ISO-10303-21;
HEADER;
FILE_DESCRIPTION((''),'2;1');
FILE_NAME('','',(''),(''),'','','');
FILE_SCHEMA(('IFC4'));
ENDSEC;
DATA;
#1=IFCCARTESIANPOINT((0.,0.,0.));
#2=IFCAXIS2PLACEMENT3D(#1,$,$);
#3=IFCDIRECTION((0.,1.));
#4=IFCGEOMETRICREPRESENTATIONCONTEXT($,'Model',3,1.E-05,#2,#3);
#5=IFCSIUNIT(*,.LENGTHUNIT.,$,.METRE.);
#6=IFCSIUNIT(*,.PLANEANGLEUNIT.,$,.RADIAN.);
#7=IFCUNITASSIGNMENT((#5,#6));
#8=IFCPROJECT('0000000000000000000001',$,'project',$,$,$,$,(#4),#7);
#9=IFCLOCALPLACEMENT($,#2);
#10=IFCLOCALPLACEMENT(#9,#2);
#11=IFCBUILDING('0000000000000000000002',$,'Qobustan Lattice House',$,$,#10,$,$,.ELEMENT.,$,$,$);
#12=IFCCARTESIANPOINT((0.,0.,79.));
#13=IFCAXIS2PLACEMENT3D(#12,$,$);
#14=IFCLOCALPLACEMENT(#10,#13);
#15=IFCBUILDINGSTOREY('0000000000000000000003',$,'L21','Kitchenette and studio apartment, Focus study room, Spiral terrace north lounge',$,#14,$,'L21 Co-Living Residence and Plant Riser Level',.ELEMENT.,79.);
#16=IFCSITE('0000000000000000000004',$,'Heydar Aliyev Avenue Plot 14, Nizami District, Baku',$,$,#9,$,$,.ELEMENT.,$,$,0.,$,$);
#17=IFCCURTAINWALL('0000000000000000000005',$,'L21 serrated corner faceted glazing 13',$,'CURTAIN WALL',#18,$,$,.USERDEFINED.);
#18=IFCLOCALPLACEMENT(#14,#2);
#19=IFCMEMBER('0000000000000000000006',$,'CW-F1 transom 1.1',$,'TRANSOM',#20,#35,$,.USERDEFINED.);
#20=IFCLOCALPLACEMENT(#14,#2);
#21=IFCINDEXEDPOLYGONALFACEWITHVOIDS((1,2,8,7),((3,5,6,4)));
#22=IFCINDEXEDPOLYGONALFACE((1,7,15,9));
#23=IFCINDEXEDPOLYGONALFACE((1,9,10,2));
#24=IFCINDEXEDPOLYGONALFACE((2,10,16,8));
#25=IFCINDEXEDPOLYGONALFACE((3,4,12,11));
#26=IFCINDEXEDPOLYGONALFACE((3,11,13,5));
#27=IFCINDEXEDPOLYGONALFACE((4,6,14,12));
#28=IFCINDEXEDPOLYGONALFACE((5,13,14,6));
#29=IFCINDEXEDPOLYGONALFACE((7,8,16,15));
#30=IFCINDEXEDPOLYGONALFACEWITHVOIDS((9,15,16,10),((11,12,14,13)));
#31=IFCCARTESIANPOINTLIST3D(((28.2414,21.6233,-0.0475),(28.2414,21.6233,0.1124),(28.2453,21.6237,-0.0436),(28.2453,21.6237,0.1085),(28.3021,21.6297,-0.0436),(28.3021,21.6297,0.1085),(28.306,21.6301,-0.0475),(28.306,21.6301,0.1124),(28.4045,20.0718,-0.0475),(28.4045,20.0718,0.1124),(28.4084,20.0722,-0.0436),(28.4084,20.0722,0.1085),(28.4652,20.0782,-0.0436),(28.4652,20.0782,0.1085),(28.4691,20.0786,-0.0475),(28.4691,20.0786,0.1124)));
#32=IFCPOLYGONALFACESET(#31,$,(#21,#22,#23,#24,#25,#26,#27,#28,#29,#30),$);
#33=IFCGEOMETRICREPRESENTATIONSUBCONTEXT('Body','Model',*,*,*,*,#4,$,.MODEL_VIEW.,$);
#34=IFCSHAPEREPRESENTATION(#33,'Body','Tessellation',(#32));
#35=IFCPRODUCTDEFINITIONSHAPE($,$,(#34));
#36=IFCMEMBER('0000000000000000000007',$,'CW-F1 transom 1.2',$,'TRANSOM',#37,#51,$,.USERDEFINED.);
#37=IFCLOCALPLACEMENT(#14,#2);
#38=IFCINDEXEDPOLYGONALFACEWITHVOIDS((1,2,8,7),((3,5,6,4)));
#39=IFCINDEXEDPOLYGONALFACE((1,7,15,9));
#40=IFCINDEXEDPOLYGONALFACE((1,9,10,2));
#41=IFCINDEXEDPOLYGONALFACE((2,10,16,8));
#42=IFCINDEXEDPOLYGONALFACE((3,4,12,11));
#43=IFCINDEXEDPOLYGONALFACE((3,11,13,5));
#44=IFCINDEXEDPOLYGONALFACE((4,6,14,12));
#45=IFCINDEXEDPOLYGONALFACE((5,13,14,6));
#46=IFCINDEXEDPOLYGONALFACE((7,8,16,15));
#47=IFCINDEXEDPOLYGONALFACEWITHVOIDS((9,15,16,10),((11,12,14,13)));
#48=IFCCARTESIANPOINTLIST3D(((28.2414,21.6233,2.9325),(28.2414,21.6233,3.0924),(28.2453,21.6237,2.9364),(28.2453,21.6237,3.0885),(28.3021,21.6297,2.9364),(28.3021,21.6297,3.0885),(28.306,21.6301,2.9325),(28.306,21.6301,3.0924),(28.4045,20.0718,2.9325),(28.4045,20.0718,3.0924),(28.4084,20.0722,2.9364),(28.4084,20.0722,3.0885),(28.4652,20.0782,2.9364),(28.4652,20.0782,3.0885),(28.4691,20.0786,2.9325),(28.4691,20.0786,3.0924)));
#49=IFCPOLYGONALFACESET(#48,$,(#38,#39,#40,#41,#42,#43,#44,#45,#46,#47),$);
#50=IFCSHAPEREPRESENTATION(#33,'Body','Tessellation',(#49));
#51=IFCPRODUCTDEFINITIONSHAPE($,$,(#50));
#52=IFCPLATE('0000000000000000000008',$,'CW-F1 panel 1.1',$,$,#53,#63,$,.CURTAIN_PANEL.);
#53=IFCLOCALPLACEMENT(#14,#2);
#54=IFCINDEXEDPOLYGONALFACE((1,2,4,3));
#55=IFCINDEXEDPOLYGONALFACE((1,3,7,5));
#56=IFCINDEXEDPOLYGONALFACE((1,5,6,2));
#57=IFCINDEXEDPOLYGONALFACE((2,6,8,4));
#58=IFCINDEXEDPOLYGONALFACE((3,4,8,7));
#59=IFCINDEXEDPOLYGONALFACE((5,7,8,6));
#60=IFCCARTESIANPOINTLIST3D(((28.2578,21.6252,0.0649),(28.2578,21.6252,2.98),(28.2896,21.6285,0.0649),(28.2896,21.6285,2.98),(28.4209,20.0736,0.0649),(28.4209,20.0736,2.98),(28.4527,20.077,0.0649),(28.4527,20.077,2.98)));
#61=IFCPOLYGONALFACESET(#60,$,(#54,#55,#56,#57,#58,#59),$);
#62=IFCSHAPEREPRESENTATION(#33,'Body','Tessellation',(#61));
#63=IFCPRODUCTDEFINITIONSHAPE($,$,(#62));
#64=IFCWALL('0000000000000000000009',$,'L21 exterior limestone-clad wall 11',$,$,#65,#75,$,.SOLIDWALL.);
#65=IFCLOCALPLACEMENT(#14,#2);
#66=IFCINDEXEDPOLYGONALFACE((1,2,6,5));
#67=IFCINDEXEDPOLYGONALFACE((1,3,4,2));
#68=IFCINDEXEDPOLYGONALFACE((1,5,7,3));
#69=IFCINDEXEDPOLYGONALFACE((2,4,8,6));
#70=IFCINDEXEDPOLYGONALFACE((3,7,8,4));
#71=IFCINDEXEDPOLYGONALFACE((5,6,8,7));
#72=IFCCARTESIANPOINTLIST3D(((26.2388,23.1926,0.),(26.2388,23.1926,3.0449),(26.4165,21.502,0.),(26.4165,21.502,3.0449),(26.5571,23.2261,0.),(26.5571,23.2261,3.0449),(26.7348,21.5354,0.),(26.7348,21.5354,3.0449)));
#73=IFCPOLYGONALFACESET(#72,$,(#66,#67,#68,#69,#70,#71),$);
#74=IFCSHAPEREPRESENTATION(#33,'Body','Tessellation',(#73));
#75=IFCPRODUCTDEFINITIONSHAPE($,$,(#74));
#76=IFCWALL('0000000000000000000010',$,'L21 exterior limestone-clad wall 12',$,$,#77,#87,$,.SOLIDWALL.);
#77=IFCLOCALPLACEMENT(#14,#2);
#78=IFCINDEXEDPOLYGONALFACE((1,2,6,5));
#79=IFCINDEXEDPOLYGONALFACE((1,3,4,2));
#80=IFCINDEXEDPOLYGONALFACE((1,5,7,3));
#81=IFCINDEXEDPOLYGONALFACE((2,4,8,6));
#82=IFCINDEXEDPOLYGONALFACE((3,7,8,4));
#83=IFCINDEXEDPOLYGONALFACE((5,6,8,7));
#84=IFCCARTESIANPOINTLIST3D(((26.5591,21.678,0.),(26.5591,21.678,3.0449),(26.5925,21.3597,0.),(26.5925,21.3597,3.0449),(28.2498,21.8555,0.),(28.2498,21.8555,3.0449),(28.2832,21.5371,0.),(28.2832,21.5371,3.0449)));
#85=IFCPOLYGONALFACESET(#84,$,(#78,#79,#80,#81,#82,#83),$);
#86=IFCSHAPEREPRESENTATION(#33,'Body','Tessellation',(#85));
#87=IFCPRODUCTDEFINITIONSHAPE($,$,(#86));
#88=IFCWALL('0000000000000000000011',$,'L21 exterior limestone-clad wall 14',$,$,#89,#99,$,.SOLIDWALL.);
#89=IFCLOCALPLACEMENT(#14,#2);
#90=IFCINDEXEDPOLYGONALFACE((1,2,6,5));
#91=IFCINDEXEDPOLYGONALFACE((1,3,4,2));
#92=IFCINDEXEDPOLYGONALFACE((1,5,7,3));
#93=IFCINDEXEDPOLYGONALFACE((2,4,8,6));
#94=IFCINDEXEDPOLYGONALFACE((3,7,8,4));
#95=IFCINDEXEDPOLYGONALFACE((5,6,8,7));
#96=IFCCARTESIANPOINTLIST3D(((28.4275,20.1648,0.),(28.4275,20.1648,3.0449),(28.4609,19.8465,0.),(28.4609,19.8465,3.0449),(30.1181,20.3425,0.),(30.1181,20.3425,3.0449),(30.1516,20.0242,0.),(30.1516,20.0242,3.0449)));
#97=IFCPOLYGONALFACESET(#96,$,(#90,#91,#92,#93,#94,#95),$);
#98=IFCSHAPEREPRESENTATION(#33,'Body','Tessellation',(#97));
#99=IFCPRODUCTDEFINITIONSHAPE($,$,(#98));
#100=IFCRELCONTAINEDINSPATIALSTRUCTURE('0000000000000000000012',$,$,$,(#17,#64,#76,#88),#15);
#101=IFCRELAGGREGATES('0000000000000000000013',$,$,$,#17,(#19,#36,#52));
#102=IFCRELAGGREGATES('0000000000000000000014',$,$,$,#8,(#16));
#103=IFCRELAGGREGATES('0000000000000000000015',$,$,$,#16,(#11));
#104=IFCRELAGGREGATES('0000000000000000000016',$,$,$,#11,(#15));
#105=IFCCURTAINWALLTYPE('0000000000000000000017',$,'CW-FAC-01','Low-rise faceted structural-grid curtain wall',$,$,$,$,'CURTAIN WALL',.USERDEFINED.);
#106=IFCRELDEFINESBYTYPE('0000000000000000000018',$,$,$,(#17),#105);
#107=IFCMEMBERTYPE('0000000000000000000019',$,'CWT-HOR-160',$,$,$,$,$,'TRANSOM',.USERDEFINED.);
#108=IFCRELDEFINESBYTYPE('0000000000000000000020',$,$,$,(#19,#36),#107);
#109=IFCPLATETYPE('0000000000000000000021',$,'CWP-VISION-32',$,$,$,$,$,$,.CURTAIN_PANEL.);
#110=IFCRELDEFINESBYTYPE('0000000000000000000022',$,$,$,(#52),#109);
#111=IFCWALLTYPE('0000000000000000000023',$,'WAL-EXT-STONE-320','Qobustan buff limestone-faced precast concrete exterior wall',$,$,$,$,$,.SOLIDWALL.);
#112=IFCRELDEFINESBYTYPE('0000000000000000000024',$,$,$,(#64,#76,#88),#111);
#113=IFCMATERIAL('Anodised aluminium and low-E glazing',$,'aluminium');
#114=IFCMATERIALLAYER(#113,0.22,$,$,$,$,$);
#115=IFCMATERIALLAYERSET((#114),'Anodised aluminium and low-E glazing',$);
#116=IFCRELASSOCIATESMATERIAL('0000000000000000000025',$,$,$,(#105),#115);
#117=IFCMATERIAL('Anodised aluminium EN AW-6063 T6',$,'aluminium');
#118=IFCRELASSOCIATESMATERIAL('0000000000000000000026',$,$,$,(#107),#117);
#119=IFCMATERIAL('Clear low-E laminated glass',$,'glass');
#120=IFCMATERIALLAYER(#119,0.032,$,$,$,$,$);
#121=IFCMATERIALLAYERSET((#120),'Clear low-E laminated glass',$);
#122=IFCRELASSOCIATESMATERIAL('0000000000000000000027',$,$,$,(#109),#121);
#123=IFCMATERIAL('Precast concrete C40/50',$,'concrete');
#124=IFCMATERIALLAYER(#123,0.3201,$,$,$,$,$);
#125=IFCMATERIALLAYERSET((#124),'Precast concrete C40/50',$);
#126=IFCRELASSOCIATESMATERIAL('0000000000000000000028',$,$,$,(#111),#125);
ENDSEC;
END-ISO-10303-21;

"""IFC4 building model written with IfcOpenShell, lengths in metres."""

from ifc_helpers import new_model, si_unit, direction, frame, frame_2d, origin, origin_2d, place, context, subcontext, project, spatial, rectangle, hollow_rectangle, extrude, material, layer, layer_set, material_profile, profile_set, type_object, element, aggregate, save


model = new_model("IFC4")

# Units and contexts
model_context = context("Model", 3, precision=1e-05, world=origin(), true_north=direction((0.0, 1.0)))
body_context = subcontext(model_context, "Body", "Model", "MODEL_VIEW")
ifc_project = project(units=[si_unit("LENGTHUNIT", "METRE"), si_unit("PLANEANGLEUNIT", "RADIAN")], contexts=[model_context])

# Site, building, storey
site_placement = place(None, origin())
site = spatial("IfcSite", under=ifc_project, at=site_placement, Name="Heydar Aliyev Avenue Plot 14, Nizami District, Baku", CompositionType="ELEMENT", RefElevation=0.0)
building_placement = place(site_placement, origin())
building = spatial("IfcBuilding", under=site, at=building_placement, Name="Qobustan Lattice House", CompositionType="ELEMENT")
storey_placement = place(building_placement, frame((0.0, 0.0, 79.0)))
storey = spatial("IfcBuildingStorey", under=building, at=storey_placement, Name="L21", Description="Kitchenette and studio apartment, Focus study room, Spiral terrace north lounge", LongName="L21 Co-Living Residence and Plant Riser Level", CompositionType="ELEMENT", Elevation=79.0)

# Curtain wall, members, plate
ifc_material_1 = material(Name="Anodised aluminium and low-E glazing", Category="aluminium")
ifc_layer_1 = layer(ifc_material_1, 0.22)
ifc_layer_set_1 = layer_set([ifc_layer_1], Name="Anodised aluminium and low-E glazing")
curtain_wall_type = type_object("IfcCurtainWallType", Name="CW-FAC-01", Description="Low-rise faceted structural-grid curtain wall", ElementType="CURTAIN WALL", PredefinedType="USERDEFINED", material=ifc_layer_set_1)
curtain_wall_placement = place(storey_placement, origin())
curtain_wall = element("IfcCurtainWall", 1, at=curtain_wall_placement, inside=storey, type_object=curtain_wall_type, Name="L21 serrated corner faceted glazing 13", ObjectType="CURTAIN WALL", PredefinedType="USERDEFINED")
ifc_material_2 = material(Name="Anodised aluminium EN AW-6063 T6", Category="aluminium")
ifc_material_profile_1 = material_profile(ifc_material_2, hollow_rectangle(XDim=0.0649, YDim=0.1599, WallThickness=0.0039, at=origin_2d()), Name="CWT-160x65")
ifc_profile_set_1 = profile_set([ifc_material_profile_1], Name="Anodised aluminium EN AW-6063 T6")
member_type_1 = type_object("IfcMemberType", Name="CWT-HOR-160", ElementType="TRANSOM", PredefinedType="USERDEFINED", material=ifc_profile_set_1)
member_1_placement = place(storey_placement, frame((28.2737, 21.6267, 0.0325), z_axis=(0.104538, -0.994521, 0.0), x_axis=(0.994521, 0.104538, 0.0)))
member_1 = element("IfcMember", 2, at=member_1_placement, type_object=member_type_1, Name="CW-F1 transom 1.1", ObjectType="TRANSOM", PredefinedType="USERDEFINED", context=body_context, shape_type="SweptSolid", body=[
    extrude(hollow_rectangle(XDim=0.0649, YDim=0.1599, WallThickness=0.0039, at=origin_2d()), origin(), (0.0, 0.0, 1.0), 1.5601),
])
member_2_placement = place(storey_placement, frame((28.2737, 21.6267, 3.0125), z_axis=(0.104538, -0.994521, 0.0), x_axis=(0.994521, 0.104538, 0.0)))
member_2 = element("IfcMember", 3, at=member_2_placement, type_object=member_type_1, Name="CW-F1 transom 1.2", ObjectType="TRANSOM", PredefinedType="USERDEFINED", context=body_context, shape_type="SweptSolid", body=[
    extrude(hollow_rectangle(XDim=0.0649, YDim=0.1599, WallThickness=0.0039, at=origin_2d()), origin(), (0.0, 0.0, 1.0), 1.5601),
])
ifc_material_3 = material(Name="Clear low-E laminated glass", Category="glass")
ifc_layer_2 = layer(ifc_material_3, 0.032)
ifc_layer_set_2 = layer_set([ifc_layer_2], Name="Clear low-E laminated glass")
plate_type = type_object("IfcPlateType", Name="CWP-VISION-32", PredefinedType="CURTAIN_PANEL", material=ifc_layer_set_2)
plate_placement = place(storey_placement, frame((28.3552, 20.8511, 0.0649), z_axis=(0.0, 0.0, 1.0), x_axis=(0.104529, -0.994522, 0.0)))
plate = element("IfcPlate", 4, at=plate_placement, type_object=plate_type, Name="CW-F1 panel 1.1", PredefinedType="CURTAIN_PANEL", context=body_context, shape_type="SweptSolid", body=[
    extrude(rectangle(XDim=1.5601, YDim=0.032, at=origin_2d()), origin(), (0.0, 0.0, 1.0), 2.915),
])
aggregate(curtain_wall, [member_1, member_2, plate])

# Walls
ifc_material_4 = material(Name="Precast concrete C40/50", Category="concrete")
ifc_layer_3 = layer(ifc_material_4, 0.3201)
ifc_layer_set_3 = layer_set([ifc_layer_3], Name="Precast concrete C40/50")
wall_type_1 = type_object("IfcWallType", Name="WAL-EXT-STONE-320", Description="Qobustan buff limestone-faced precast concrete exterior wall", PredefinedType="SOLIDWALL", material=ifc_layer_set_3)
for number, where, z_axis, x_axis, name in (
    (5, (26.3979, 23.2095, 0.0), (0.0, 0.0, 1.0), (0.10455, -0.99452, 0.0), "L21 exterior limestone-clad wall 11"),
    (6, (26.5757, 21.5188, 0.0), (0.0, 0.0, 1.0), (0.994535, 0.104408, 0.0), "L21 exterior limestone-clad wall 12"),
    (7, (28.4441, 20.0056, 0.0), (0.0, 0.0, 1.0), (0.99452, 0.10455, 0.0), "L21 exterior limestone-clad wall 14"),
):
    element("IfcWall", number, at=place(storey_placement, frame(where, z_axis=z_axis, x_axis=x_axis)), inside=storey, type_object=wall_type_1, Name=name, PredefinedType="SOLIDWALL", context=body_context, shape_type="SweptSolid", body=[
        extrude(rectangle(XDim=1.7, YDim=0.3201, at=frame_2d((0.8501, 0.0))), origin(), (0.0, 0.0, 1.0), 3.0449),
    ])

save(model, "model.ifc")
